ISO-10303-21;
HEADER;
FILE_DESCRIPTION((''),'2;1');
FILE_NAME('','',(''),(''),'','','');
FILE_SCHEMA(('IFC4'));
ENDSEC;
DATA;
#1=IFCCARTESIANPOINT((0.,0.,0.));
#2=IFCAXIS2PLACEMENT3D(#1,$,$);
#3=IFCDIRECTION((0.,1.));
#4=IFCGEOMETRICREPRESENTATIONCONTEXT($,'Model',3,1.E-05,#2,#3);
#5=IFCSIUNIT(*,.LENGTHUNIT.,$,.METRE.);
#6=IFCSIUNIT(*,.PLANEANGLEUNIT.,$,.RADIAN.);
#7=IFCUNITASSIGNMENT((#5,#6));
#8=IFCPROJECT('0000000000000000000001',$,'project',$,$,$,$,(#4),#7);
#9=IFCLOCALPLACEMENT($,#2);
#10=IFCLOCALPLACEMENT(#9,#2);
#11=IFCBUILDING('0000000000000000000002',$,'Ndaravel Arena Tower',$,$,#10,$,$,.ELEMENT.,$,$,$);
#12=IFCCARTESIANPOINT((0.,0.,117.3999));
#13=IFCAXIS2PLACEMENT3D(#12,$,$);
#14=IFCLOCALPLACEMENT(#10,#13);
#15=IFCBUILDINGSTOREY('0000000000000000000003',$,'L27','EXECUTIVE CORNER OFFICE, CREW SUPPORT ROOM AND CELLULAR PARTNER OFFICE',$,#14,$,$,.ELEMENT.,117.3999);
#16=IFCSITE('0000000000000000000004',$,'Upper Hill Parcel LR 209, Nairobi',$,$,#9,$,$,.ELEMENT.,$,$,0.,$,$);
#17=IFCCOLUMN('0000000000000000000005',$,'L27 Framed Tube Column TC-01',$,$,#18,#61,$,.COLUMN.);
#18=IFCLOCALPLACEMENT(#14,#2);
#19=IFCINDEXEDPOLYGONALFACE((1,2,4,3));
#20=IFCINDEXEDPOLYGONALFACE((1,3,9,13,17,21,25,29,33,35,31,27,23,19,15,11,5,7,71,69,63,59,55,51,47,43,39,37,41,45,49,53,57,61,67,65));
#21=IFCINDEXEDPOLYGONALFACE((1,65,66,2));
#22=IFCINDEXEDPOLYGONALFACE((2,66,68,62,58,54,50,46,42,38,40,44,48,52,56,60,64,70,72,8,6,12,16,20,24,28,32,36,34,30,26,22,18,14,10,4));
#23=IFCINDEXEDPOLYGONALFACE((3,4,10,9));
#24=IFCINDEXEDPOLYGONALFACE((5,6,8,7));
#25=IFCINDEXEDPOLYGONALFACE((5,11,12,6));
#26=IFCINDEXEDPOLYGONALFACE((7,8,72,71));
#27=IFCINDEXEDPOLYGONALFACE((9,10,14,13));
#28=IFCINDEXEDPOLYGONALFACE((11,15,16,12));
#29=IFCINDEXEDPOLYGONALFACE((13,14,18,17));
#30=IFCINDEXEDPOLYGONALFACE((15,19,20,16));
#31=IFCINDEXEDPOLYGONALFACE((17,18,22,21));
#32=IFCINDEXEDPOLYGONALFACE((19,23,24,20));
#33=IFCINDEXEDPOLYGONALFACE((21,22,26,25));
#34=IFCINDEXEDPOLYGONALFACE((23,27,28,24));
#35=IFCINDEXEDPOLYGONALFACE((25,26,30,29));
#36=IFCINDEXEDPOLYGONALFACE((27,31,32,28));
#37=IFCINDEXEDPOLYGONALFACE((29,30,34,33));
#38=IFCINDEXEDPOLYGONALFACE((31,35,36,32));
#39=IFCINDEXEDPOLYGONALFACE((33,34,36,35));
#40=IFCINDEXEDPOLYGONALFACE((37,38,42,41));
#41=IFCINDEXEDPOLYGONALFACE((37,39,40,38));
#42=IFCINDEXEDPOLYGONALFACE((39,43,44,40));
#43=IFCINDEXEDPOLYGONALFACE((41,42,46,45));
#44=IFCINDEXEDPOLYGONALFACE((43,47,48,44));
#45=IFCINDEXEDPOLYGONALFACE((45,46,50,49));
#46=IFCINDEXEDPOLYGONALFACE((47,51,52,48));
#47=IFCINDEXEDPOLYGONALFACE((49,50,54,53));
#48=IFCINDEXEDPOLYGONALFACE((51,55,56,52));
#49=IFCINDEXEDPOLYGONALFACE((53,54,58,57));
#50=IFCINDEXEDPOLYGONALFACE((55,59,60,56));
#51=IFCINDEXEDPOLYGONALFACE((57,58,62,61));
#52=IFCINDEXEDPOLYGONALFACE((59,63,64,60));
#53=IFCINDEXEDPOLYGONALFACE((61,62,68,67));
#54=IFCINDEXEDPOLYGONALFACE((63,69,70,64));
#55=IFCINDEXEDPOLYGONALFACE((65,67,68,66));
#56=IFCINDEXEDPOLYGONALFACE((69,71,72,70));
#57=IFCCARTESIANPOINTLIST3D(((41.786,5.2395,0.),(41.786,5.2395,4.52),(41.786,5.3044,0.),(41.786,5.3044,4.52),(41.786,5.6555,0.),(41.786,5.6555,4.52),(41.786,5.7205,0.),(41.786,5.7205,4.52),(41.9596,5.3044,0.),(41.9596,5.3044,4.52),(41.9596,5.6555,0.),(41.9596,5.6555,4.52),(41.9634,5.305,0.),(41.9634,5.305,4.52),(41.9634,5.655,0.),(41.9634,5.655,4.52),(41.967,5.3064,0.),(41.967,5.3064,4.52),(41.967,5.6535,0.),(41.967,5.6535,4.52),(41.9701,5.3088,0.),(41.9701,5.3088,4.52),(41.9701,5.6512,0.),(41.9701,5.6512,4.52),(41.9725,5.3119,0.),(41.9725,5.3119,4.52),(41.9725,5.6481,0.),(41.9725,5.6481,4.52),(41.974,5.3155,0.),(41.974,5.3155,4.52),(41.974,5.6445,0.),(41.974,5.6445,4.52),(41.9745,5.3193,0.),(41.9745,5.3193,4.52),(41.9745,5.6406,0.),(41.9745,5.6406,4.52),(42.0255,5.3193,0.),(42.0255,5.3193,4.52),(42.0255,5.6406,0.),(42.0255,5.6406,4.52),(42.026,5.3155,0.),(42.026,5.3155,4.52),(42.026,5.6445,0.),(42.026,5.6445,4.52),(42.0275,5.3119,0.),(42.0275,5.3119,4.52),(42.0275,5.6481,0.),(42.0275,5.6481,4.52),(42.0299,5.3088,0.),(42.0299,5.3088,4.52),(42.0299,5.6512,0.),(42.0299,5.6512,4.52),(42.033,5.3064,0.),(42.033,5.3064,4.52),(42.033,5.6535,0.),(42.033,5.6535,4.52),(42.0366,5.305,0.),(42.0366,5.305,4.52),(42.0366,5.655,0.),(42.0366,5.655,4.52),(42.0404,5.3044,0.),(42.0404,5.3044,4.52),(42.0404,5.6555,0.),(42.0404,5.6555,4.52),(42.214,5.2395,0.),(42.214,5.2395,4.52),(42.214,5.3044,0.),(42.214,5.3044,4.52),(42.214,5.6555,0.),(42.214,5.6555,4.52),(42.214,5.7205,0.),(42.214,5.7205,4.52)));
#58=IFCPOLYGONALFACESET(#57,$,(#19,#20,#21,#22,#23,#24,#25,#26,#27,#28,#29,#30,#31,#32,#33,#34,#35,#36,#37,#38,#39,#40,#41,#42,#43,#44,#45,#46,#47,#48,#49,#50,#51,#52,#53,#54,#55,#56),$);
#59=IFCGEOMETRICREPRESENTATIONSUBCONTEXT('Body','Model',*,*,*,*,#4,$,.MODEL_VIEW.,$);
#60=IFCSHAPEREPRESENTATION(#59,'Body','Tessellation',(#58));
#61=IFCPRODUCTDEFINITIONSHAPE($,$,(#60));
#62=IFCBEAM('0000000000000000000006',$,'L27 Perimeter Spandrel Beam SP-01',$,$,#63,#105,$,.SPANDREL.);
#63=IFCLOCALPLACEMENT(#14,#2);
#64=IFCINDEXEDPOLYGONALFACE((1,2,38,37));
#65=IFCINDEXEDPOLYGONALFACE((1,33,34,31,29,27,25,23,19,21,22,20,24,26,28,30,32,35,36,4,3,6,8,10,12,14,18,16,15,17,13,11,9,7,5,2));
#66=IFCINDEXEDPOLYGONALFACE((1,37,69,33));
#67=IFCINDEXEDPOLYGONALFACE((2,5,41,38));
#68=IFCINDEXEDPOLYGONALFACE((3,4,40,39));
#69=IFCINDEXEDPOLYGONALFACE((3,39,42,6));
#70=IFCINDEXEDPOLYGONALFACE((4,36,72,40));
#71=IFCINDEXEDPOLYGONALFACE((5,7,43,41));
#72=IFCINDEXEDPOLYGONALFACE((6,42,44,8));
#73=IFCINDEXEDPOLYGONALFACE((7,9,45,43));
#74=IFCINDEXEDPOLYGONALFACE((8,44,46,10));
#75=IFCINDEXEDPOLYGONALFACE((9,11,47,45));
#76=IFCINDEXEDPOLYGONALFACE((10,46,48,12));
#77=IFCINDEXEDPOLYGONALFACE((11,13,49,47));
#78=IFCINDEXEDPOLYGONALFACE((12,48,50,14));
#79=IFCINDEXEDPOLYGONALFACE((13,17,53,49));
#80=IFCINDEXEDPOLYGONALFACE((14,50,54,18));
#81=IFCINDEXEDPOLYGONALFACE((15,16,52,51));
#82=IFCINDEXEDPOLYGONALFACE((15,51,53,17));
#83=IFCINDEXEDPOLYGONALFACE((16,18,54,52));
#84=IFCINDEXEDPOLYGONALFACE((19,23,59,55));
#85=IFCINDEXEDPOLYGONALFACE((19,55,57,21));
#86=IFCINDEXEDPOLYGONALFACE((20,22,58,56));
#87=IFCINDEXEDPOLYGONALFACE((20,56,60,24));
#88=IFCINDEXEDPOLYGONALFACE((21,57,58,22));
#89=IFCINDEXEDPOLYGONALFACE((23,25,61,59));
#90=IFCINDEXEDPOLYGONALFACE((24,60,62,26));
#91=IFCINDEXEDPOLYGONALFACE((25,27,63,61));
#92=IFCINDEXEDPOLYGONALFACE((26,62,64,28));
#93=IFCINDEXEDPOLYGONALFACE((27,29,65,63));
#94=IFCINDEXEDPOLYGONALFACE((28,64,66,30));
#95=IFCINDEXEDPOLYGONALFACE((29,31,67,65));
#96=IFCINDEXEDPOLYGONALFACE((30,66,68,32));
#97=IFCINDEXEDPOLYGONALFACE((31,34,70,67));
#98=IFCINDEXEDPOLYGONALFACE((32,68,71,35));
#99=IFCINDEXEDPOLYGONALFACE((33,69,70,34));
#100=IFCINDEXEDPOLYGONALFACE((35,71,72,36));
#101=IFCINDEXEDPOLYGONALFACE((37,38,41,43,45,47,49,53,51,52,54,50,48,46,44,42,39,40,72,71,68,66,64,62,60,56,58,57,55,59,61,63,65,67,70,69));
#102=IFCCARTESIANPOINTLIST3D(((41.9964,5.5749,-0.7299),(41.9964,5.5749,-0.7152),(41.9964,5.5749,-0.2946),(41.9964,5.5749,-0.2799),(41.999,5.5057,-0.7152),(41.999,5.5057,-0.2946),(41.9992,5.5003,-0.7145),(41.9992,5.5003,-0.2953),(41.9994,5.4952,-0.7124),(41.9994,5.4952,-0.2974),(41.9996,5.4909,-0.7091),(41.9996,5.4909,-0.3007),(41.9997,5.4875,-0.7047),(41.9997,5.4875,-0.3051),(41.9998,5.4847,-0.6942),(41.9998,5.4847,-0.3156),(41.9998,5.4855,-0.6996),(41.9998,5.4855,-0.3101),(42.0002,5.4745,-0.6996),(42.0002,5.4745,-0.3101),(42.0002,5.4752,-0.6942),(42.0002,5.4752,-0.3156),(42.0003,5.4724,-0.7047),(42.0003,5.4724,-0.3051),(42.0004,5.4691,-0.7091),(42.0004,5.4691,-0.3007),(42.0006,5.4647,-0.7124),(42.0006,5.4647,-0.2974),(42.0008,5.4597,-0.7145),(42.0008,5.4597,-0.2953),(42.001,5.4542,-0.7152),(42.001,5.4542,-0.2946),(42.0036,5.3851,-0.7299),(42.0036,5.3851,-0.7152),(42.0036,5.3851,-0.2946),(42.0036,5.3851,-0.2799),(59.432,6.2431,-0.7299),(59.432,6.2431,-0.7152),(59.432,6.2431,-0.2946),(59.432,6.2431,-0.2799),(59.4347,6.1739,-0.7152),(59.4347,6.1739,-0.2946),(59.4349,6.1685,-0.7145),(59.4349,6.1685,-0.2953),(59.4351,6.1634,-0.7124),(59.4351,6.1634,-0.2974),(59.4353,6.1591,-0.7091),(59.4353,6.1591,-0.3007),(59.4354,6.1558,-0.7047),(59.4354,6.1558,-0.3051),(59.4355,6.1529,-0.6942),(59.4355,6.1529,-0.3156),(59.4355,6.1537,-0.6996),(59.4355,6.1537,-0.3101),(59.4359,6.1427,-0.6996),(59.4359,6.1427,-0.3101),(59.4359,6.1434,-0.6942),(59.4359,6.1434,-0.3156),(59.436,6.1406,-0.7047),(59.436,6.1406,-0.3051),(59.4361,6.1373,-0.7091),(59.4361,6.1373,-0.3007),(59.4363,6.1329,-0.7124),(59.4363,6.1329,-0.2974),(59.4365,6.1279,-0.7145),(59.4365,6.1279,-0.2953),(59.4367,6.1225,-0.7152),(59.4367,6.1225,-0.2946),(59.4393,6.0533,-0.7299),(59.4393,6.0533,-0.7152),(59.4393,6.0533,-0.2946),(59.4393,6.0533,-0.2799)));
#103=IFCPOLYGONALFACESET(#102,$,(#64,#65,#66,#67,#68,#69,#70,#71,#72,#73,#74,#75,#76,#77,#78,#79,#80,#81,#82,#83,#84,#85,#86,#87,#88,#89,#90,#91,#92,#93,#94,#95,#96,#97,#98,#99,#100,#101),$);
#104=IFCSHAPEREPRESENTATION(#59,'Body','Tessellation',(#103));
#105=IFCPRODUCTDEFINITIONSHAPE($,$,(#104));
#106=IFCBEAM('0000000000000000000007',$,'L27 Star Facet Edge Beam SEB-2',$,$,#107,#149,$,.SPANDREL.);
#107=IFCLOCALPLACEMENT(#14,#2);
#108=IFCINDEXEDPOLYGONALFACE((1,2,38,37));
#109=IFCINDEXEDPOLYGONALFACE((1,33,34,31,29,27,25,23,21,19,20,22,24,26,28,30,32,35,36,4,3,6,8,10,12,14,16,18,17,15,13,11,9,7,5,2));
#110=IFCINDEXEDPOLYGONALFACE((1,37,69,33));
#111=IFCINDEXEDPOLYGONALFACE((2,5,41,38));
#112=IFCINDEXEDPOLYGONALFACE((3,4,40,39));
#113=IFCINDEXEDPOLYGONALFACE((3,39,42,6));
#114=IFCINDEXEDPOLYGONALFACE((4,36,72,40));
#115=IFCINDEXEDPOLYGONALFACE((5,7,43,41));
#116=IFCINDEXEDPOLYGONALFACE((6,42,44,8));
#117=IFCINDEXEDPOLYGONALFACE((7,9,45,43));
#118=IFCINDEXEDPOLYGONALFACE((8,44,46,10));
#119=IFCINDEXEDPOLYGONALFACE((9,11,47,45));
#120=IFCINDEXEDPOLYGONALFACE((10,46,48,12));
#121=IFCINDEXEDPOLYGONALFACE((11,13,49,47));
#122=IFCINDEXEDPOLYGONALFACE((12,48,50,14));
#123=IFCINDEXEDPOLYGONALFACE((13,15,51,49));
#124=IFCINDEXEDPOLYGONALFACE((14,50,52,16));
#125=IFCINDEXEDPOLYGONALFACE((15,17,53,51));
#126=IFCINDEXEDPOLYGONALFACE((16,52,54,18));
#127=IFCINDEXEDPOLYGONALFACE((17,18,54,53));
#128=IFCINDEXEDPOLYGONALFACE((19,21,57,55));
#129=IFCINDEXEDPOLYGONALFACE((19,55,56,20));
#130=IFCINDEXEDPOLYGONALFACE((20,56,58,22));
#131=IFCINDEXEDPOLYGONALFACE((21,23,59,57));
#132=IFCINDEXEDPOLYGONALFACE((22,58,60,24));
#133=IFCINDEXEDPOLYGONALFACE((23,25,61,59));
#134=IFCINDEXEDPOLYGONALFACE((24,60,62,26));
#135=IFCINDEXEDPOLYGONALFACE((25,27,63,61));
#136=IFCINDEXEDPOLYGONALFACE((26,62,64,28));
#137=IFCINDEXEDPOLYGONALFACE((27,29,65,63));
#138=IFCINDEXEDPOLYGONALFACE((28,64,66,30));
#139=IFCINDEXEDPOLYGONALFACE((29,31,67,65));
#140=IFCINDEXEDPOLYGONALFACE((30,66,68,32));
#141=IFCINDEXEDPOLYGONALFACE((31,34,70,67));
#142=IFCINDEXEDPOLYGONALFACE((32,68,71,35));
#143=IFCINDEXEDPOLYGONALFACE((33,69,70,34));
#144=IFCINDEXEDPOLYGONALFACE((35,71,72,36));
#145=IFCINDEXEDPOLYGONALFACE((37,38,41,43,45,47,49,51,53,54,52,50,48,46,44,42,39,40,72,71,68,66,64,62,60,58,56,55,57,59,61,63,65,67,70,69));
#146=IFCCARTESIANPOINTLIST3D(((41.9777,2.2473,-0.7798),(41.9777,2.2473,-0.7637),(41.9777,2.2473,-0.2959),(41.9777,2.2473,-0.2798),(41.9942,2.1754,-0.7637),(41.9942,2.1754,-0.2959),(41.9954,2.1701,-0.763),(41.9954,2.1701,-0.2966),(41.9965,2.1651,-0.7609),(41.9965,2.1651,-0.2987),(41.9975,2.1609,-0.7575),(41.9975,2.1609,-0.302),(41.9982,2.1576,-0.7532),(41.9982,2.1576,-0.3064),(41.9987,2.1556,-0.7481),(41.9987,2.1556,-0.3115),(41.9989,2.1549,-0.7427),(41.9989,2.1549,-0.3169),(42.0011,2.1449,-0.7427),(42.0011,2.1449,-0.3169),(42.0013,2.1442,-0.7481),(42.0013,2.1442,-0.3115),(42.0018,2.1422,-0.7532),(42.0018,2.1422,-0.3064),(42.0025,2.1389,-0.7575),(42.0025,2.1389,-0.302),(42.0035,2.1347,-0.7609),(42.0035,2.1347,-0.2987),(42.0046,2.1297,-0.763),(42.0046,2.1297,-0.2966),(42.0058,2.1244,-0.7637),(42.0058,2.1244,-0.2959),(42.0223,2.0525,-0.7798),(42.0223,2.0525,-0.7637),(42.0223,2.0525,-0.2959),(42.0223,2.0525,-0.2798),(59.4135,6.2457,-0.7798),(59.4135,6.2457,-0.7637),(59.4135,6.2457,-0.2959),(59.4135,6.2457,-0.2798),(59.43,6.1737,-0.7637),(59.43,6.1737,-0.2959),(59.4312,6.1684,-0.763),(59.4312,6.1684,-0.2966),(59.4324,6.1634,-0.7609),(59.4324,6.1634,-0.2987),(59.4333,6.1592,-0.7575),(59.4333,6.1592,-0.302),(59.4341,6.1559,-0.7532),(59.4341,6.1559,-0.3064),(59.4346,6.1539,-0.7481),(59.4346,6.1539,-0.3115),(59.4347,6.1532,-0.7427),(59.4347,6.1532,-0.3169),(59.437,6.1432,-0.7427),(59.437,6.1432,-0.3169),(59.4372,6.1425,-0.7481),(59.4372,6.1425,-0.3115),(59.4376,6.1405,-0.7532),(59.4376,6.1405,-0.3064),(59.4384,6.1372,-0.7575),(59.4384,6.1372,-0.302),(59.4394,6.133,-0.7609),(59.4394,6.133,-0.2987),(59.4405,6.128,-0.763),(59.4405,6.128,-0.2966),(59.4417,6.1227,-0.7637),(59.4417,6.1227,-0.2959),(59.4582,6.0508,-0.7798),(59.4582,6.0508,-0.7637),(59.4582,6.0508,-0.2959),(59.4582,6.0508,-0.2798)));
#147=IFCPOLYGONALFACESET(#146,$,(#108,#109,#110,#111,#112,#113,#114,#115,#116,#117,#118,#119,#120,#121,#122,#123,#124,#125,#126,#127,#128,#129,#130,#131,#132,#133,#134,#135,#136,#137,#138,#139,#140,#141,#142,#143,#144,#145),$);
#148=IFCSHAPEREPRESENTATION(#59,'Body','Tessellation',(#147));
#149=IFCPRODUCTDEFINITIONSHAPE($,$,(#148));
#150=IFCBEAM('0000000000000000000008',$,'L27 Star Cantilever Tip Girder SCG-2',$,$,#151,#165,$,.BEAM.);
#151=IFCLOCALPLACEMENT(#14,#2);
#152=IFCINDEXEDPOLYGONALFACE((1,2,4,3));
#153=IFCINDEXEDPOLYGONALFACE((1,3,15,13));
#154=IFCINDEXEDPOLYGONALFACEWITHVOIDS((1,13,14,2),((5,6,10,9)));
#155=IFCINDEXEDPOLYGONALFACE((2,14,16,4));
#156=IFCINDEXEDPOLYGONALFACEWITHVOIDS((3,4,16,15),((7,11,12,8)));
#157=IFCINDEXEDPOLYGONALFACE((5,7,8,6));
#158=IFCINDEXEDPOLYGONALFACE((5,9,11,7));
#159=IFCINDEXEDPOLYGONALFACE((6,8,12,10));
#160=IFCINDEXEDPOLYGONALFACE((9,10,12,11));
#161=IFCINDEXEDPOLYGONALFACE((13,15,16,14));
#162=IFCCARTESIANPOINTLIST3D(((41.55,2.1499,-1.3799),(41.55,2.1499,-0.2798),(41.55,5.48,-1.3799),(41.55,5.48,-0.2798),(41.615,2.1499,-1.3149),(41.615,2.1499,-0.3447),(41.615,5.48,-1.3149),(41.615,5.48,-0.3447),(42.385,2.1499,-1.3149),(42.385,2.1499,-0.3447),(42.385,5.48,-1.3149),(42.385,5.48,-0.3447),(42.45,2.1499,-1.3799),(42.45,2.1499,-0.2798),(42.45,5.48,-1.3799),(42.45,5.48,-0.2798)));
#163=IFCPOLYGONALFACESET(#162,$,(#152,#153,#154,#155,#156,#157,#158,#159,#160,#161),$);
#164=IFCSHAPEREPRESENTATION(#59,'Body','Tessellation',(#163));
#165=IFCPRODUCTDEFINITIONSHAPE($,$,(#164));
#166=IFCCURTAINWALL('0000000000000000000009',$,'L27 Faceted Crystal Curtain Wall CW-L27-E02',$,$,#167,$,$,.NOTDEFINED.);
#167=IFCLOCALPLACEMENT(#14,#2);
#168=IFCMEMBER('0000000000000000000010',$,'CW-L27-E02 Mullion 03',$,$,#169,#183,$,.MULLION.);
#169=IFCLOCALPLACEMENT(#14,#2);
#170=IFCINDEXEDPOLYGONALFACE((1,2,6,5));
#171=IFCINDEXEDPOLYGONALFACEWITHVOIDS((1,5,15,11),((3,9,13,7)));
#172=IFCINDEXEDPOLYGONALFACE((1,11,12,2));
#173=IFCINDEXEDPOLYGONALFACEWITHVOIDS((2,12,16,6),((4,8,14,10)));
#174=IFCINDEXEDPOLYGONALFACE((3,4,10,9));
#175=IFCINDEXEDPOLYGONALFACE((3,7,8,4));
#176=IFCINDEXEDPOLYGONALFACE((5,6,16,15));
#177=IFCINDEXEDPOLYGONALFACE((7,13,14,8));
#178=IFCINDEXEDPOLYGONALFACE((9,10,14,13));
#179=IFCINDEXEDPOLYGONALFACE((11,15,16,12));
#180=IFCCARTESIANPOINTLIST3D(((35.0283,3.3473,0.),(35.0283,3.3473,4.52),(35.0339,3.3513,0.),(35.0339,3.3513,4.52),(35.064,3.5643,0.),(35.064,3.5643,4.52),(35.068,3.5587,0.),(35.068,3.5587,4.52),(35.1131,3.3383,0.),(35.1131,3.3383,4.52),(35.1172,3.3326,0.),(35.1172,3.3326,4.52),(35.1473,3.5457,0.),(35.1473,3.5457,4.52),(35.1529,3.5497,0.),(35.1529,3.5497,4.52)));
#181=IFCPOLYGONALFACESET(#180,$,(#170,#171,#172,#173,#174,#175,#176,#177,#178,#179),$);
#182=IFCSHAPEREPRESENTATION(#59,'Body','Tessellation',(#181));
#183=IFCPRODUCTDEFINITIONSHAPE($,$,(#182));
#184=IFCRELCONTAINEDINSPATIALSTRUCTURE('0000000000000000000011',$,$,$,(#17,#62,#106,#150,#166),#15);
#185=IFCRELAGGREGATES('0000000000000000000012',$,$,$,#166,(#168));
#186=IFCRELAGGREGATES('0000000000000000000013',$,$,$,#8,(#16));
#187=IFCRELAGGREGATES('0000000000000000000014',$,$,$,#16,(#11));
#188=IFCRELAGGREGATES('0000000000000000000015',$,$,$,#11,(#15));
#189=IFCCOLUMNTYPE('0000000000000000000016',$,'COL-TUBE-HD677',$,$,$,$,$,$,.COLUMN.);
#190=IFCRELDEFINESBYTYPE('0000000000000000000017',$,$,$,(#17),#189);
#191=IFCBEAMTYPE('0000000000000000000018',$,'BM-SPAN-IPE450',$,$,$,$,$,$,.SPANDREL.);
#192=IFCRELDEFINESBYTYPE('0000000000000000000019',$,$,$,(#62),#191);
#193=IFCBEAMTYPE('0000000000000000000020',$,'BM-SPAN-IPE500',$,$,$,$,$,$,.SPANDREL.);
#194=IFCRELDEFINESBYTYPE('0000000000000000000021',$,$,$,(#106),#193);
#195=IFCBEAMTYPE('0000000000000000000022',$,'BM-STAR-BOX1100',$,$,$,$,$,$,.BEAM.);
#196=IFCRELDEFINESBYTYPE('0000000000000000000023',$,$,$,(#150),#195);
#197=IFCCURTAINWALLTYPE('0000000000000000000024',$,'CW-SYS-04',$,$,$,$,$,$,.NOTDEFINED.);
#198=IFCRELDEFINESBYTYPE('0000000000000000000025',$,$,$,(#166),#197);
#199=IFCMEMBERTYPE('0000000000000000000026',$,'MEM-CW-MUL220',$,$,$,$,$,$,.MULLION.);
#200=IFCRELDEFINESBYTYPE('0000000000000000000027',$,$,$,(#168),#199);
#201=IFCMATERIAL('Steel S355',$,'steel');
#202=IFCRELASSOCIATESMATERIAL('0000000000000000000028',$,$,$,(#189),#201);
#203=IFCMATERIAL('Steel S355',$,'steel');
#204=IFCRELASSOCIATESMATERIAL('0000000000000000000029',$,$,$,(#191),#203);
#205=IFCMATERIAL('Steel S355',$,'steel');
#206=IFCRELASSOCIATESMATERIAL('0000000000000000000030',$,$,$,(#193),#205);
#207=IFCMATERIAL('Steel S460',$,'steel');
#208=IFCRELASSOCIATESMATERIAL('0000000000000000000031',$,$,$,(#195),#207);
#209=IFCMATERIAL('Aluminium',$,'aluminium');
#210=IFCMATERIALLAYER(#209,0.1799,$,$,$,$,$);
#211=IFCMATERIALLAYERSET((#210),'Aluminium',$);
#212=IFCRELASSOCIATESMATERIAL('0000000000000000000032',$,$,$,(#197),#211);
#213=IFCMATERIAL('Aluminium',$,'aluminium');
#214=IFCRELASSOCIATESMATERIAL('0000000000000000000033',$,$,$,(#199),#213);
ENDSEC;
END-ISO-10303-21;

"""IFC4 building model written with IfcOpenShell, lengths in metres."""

from ifc_helpers import new_model, si_unit, direction, frame, origin, origin_2d, place, context, subcontext, project, spatial, hollow_rectangle, i_section, extrude, material, layer, layer_set, material_profile, profile_set, type_object, element, aggregate, save


model = new_model("IFC4")

# Units and contexts
model_context = context("Model", 3, precision=1e-05, world=origin(), true_north=direction((0.0, 1.0)))
body_context = subcontext(model_context, "Body", "Model", "MODEL_VIEW")
ifc_project = project(units=[si_unit("LENGTHUNIT", "METRE"), si_unit("PLANEANGLEUNIT", "RADIAN")], contexts=[model_context])

# Site, building, storey
site_placement = place(None, origin())
site = spatial("IfcSite", under=ifc_project, at=site_placement, Name="Upper Hill Parcel LR 209, Nairobi", CompositionType="ELEMENT", RefElevation=0.0)
building_placement = place(site_placement, origin())
building = spatial("IfcBuilding", under=site, at=building_placement, Name="Ndaravel Arena Tower", CompositionType="ELEMENT")
storey_placement = place(building_placement, frame((0.0, 0.0, 117.3999)))
storey = spatial("IfcBuildingStorey", under=building, at=storey_placement, Name="L27", Description="EXECUTIVE CORNER OFFICE, CREW SUPPORT ROOM AND CELLULAR PARTNER OFFICE", CompositionType="ELEMENT", Elevation=117.3999)

# Column
ifc_material_1 = material(Name="Steel S355", Category="steel")
ifc_material_profile_1 = material_profile(ifc_material_1, i_section(OverallWidth=0.428, OverallDepth=0.481, WebThickness=0.051, FlangeThickness=0.0649, FilletRadius=0.0149, at=origin_2d()), Name="HD 400x677")
ifc_profile_set_1 = profile_set([ifc_material_profile_1], Name="Steel S355")
column_type = type_object("IfcColumnType", Name="COL-TUBE-HD677", PredefinedType="COLUMN", material=ifc_profile_set_1)
column_placement = place(storey_placement, frame((42.0, 5.48, 0.0), z_axis=(0.0, 0.0, 1.0), x_axis=(1.0, 0.0, 0.0)))
element("IfcColumn", 1, at=column_placement, inside=storey, type_object=column_type, Name="L27 Framed Tube Column TC-01", PredefinedType="COLUMN", context=body_context, shape_type="SweptSolid", body=[
    extrude(i_section(OverallWidth=0.428, OverallDepth=0.481, WebThickness=0.051, FlangeThickness=0.0649, FilletRadius=0.0149, at=origin_2d()), origin(), (0.0, 0.0, 1.0), 4.52),
])

# Beams
ifc_material_2 = material(Name="Steel S355", Category="steel")
ifc_material_profile_2 = material_profile(ifc_material_2, i_section(OverallWidth=0.1899, OverallDepth=0.45, WebThickness=0.0095, FlangeThickness=0.0146, FilletRadius=0.021, at=origin_2d()), Name="IPE 450")
ifc_profile_set_2 = profile_set([ifc_material_profile_2], Name="Steel S355")
beam_type_1 = type_object("IfcBeamType", Name="BM-SPAN-IPE450", PredefinedType="SPANDREL", material=ifc_profile_set_2)
beam_1_placement = place(storey_placement, frame((42.0, 5.48, -0.5049), z_axis=(0.999266, 0.038296, 0.0), x_axis=(-0.038296, 0.999266, 0.0)))
element("IfcBeam", 2, at=beam_1_placement, inside=storey, type_object=beam_type_1, Name="L27 Perimeter Spandrel Beam SP-01", PredefinedType="SPANDREL", context=body_context, shape_type="SweptSolid", body=[
    extrude(i_section(OverallWidth=0.1899, OverallDepth=0.45, WebThickness=0.0095, FlangeThickness=0.0146, FilletRadius=0.021, at=origin_2d()), origin(), (0.0, 0.0, 1.0), 17.4485),
])
ifc_material_3 = material(Name="Steel S355", Category="steel")
ifc_material_profile_3 = material_profile(ifc_material_3, i_section(OverallWidth=0.2, OverallDepth=0.5, WebThickness=0.0103, FlangeThickness=0.0161, FilletRadius=0.021, at=origin_2d()), Name="IPE 500")
ifc_profile_set_3 = profile_set([ifc_material_profile_3], Name="Steel S355")
beam_type_2 = type_object("IfcBeamType", Name="BM-SPAN-IPE500", PredefinedType="SPANDREL", material=ifc_profile_set_3)
beam_2_placement = place(storey_placement, frame((42.0, 2.1499, -0.5298), z_axis=(0.974701, 0.223514, 0.0), x_axis=(-0.223514, 0.974701, 0.0)))
element("IfcBeam", 3, at=beam_2_placement, inside=storey, type_object=beam_type_2, Name="L27 Star Facet Edge Beam SEB-2", PredefinedType="SPANDREL", context=body_context, shape_type="SweptSolid", body=[
    extrude(i_section(OverallWidth=0.2, OverallDepth=0.5, WebThickness=0.0103, FlangeThickness=0.0161, FilletRadius=0.021, at=origin_2d()), origin(), (0.0, 0.0, 1.0), 17.8884),
])
ifc_material_4 = material(Name="Steel S460", Category="steel")
ifc_material_profile_4 = material_profile(ifc_material_4, hollow_rectangle(XDim=0.8999, YDim=1.1001, WallThickness=0.0649, at=origin_2d()), Name="BOX 1100x900x65")
ifc_profile_set_4 = profile_set([ifc_material_profile_4], Name="Steel S460")
beam_type_3 = type_object("IfcBeamType", Name="BM-STAR-BOX1100", PredefinedType="BEAM", material=ifc_profile_set_4)
beam_3_placement = place(storey_placement, frame((42.0, 5.48, -0.8298), z_axis=(0.0, -1.0, 0.0), x_axis=(1.0, 0.0, 0.0)))
element("IfcBeam", 4, at=beam_3_placement, inside=storey, type_object=beam_type_3, Name="L27 Star Cantilever Tip Girder SCG-2", PredefinedType="BEAM", context=body_context, shape_type="SweptSolid", body=[
    extrude(hollow_rectangle(XDim=0.8999, YDim=1.1001, WallThickness=0.0649, at=origin_2d()), origin(), (0.0, 0.0, 1.0), 3.3301),
])

# Curtain wall, member
ifc_material_5 = material(Name="Aluminium", Category="aluminium")
ifc_layer_1 = layer(ifc_material_5, 0.1799)
ifc_layer_set_1 = layer_set([ifc_layer_1], Name="Aluminium")
curtain_wall_type = type_object("IfcCurtainWallType", Name="CW-SYS-04", PredefinedType="NOTDEFINED", material=ifc_layer_set_1)
curtain_wall_placement = place(storey_placement, origin())
curtain_wall = element("IfcCurtainWall", 5, at=curtain_wall_placement, inside=storey, type_object=curtain_wall_type, Name="L27 Faceted Crystal Curtain Wall CW-L27-E02", PredefinedType="NOTDEFINED")
ifc_material_6 = material(Name="Aluminium", Category="aluminium")
ifc_material_profile_5 = material_profile(ifc_material_6, hollow_rectangle(XDim=0.0901, YDim=0.22, WallThickness=0.0049, at=origin_2d()), Name="CW MULLION 90x220x5")
ifc_profile_set_5 = profile_set([ifc_material_profile_5], Name="Aluminium")
member_type = type_object("IfcMemberType", Name="MEM-CW-MUL220", PredefinedType="MULLION", material=ifc_profile_set_5)
member_1_placement = place(storey_placement, frame((35.0906, 3.4485, 0.0), z_axis=(0.0, 0.0, 1.0), x_axis=(0.98674, -0.16231, 0.0)))
member_1 = element("IfcMember", 6, at=member_1_placement, type_object=member_type, Name="CW-L27-E02 Mullion 03", PredefinedType="MULLION", context=body_context, shape_type="SweptSolid", body=[
    extrude(hollow_rectangle(XDim=0.0901, YDim=0.22, WallThickness=0.0049, at=origin_2d()), origin(), (0.0, 0.0, 1.0), 4.52),
])
aggregate(curtain_wall, [member_1])

save(model, "model.ifc")
